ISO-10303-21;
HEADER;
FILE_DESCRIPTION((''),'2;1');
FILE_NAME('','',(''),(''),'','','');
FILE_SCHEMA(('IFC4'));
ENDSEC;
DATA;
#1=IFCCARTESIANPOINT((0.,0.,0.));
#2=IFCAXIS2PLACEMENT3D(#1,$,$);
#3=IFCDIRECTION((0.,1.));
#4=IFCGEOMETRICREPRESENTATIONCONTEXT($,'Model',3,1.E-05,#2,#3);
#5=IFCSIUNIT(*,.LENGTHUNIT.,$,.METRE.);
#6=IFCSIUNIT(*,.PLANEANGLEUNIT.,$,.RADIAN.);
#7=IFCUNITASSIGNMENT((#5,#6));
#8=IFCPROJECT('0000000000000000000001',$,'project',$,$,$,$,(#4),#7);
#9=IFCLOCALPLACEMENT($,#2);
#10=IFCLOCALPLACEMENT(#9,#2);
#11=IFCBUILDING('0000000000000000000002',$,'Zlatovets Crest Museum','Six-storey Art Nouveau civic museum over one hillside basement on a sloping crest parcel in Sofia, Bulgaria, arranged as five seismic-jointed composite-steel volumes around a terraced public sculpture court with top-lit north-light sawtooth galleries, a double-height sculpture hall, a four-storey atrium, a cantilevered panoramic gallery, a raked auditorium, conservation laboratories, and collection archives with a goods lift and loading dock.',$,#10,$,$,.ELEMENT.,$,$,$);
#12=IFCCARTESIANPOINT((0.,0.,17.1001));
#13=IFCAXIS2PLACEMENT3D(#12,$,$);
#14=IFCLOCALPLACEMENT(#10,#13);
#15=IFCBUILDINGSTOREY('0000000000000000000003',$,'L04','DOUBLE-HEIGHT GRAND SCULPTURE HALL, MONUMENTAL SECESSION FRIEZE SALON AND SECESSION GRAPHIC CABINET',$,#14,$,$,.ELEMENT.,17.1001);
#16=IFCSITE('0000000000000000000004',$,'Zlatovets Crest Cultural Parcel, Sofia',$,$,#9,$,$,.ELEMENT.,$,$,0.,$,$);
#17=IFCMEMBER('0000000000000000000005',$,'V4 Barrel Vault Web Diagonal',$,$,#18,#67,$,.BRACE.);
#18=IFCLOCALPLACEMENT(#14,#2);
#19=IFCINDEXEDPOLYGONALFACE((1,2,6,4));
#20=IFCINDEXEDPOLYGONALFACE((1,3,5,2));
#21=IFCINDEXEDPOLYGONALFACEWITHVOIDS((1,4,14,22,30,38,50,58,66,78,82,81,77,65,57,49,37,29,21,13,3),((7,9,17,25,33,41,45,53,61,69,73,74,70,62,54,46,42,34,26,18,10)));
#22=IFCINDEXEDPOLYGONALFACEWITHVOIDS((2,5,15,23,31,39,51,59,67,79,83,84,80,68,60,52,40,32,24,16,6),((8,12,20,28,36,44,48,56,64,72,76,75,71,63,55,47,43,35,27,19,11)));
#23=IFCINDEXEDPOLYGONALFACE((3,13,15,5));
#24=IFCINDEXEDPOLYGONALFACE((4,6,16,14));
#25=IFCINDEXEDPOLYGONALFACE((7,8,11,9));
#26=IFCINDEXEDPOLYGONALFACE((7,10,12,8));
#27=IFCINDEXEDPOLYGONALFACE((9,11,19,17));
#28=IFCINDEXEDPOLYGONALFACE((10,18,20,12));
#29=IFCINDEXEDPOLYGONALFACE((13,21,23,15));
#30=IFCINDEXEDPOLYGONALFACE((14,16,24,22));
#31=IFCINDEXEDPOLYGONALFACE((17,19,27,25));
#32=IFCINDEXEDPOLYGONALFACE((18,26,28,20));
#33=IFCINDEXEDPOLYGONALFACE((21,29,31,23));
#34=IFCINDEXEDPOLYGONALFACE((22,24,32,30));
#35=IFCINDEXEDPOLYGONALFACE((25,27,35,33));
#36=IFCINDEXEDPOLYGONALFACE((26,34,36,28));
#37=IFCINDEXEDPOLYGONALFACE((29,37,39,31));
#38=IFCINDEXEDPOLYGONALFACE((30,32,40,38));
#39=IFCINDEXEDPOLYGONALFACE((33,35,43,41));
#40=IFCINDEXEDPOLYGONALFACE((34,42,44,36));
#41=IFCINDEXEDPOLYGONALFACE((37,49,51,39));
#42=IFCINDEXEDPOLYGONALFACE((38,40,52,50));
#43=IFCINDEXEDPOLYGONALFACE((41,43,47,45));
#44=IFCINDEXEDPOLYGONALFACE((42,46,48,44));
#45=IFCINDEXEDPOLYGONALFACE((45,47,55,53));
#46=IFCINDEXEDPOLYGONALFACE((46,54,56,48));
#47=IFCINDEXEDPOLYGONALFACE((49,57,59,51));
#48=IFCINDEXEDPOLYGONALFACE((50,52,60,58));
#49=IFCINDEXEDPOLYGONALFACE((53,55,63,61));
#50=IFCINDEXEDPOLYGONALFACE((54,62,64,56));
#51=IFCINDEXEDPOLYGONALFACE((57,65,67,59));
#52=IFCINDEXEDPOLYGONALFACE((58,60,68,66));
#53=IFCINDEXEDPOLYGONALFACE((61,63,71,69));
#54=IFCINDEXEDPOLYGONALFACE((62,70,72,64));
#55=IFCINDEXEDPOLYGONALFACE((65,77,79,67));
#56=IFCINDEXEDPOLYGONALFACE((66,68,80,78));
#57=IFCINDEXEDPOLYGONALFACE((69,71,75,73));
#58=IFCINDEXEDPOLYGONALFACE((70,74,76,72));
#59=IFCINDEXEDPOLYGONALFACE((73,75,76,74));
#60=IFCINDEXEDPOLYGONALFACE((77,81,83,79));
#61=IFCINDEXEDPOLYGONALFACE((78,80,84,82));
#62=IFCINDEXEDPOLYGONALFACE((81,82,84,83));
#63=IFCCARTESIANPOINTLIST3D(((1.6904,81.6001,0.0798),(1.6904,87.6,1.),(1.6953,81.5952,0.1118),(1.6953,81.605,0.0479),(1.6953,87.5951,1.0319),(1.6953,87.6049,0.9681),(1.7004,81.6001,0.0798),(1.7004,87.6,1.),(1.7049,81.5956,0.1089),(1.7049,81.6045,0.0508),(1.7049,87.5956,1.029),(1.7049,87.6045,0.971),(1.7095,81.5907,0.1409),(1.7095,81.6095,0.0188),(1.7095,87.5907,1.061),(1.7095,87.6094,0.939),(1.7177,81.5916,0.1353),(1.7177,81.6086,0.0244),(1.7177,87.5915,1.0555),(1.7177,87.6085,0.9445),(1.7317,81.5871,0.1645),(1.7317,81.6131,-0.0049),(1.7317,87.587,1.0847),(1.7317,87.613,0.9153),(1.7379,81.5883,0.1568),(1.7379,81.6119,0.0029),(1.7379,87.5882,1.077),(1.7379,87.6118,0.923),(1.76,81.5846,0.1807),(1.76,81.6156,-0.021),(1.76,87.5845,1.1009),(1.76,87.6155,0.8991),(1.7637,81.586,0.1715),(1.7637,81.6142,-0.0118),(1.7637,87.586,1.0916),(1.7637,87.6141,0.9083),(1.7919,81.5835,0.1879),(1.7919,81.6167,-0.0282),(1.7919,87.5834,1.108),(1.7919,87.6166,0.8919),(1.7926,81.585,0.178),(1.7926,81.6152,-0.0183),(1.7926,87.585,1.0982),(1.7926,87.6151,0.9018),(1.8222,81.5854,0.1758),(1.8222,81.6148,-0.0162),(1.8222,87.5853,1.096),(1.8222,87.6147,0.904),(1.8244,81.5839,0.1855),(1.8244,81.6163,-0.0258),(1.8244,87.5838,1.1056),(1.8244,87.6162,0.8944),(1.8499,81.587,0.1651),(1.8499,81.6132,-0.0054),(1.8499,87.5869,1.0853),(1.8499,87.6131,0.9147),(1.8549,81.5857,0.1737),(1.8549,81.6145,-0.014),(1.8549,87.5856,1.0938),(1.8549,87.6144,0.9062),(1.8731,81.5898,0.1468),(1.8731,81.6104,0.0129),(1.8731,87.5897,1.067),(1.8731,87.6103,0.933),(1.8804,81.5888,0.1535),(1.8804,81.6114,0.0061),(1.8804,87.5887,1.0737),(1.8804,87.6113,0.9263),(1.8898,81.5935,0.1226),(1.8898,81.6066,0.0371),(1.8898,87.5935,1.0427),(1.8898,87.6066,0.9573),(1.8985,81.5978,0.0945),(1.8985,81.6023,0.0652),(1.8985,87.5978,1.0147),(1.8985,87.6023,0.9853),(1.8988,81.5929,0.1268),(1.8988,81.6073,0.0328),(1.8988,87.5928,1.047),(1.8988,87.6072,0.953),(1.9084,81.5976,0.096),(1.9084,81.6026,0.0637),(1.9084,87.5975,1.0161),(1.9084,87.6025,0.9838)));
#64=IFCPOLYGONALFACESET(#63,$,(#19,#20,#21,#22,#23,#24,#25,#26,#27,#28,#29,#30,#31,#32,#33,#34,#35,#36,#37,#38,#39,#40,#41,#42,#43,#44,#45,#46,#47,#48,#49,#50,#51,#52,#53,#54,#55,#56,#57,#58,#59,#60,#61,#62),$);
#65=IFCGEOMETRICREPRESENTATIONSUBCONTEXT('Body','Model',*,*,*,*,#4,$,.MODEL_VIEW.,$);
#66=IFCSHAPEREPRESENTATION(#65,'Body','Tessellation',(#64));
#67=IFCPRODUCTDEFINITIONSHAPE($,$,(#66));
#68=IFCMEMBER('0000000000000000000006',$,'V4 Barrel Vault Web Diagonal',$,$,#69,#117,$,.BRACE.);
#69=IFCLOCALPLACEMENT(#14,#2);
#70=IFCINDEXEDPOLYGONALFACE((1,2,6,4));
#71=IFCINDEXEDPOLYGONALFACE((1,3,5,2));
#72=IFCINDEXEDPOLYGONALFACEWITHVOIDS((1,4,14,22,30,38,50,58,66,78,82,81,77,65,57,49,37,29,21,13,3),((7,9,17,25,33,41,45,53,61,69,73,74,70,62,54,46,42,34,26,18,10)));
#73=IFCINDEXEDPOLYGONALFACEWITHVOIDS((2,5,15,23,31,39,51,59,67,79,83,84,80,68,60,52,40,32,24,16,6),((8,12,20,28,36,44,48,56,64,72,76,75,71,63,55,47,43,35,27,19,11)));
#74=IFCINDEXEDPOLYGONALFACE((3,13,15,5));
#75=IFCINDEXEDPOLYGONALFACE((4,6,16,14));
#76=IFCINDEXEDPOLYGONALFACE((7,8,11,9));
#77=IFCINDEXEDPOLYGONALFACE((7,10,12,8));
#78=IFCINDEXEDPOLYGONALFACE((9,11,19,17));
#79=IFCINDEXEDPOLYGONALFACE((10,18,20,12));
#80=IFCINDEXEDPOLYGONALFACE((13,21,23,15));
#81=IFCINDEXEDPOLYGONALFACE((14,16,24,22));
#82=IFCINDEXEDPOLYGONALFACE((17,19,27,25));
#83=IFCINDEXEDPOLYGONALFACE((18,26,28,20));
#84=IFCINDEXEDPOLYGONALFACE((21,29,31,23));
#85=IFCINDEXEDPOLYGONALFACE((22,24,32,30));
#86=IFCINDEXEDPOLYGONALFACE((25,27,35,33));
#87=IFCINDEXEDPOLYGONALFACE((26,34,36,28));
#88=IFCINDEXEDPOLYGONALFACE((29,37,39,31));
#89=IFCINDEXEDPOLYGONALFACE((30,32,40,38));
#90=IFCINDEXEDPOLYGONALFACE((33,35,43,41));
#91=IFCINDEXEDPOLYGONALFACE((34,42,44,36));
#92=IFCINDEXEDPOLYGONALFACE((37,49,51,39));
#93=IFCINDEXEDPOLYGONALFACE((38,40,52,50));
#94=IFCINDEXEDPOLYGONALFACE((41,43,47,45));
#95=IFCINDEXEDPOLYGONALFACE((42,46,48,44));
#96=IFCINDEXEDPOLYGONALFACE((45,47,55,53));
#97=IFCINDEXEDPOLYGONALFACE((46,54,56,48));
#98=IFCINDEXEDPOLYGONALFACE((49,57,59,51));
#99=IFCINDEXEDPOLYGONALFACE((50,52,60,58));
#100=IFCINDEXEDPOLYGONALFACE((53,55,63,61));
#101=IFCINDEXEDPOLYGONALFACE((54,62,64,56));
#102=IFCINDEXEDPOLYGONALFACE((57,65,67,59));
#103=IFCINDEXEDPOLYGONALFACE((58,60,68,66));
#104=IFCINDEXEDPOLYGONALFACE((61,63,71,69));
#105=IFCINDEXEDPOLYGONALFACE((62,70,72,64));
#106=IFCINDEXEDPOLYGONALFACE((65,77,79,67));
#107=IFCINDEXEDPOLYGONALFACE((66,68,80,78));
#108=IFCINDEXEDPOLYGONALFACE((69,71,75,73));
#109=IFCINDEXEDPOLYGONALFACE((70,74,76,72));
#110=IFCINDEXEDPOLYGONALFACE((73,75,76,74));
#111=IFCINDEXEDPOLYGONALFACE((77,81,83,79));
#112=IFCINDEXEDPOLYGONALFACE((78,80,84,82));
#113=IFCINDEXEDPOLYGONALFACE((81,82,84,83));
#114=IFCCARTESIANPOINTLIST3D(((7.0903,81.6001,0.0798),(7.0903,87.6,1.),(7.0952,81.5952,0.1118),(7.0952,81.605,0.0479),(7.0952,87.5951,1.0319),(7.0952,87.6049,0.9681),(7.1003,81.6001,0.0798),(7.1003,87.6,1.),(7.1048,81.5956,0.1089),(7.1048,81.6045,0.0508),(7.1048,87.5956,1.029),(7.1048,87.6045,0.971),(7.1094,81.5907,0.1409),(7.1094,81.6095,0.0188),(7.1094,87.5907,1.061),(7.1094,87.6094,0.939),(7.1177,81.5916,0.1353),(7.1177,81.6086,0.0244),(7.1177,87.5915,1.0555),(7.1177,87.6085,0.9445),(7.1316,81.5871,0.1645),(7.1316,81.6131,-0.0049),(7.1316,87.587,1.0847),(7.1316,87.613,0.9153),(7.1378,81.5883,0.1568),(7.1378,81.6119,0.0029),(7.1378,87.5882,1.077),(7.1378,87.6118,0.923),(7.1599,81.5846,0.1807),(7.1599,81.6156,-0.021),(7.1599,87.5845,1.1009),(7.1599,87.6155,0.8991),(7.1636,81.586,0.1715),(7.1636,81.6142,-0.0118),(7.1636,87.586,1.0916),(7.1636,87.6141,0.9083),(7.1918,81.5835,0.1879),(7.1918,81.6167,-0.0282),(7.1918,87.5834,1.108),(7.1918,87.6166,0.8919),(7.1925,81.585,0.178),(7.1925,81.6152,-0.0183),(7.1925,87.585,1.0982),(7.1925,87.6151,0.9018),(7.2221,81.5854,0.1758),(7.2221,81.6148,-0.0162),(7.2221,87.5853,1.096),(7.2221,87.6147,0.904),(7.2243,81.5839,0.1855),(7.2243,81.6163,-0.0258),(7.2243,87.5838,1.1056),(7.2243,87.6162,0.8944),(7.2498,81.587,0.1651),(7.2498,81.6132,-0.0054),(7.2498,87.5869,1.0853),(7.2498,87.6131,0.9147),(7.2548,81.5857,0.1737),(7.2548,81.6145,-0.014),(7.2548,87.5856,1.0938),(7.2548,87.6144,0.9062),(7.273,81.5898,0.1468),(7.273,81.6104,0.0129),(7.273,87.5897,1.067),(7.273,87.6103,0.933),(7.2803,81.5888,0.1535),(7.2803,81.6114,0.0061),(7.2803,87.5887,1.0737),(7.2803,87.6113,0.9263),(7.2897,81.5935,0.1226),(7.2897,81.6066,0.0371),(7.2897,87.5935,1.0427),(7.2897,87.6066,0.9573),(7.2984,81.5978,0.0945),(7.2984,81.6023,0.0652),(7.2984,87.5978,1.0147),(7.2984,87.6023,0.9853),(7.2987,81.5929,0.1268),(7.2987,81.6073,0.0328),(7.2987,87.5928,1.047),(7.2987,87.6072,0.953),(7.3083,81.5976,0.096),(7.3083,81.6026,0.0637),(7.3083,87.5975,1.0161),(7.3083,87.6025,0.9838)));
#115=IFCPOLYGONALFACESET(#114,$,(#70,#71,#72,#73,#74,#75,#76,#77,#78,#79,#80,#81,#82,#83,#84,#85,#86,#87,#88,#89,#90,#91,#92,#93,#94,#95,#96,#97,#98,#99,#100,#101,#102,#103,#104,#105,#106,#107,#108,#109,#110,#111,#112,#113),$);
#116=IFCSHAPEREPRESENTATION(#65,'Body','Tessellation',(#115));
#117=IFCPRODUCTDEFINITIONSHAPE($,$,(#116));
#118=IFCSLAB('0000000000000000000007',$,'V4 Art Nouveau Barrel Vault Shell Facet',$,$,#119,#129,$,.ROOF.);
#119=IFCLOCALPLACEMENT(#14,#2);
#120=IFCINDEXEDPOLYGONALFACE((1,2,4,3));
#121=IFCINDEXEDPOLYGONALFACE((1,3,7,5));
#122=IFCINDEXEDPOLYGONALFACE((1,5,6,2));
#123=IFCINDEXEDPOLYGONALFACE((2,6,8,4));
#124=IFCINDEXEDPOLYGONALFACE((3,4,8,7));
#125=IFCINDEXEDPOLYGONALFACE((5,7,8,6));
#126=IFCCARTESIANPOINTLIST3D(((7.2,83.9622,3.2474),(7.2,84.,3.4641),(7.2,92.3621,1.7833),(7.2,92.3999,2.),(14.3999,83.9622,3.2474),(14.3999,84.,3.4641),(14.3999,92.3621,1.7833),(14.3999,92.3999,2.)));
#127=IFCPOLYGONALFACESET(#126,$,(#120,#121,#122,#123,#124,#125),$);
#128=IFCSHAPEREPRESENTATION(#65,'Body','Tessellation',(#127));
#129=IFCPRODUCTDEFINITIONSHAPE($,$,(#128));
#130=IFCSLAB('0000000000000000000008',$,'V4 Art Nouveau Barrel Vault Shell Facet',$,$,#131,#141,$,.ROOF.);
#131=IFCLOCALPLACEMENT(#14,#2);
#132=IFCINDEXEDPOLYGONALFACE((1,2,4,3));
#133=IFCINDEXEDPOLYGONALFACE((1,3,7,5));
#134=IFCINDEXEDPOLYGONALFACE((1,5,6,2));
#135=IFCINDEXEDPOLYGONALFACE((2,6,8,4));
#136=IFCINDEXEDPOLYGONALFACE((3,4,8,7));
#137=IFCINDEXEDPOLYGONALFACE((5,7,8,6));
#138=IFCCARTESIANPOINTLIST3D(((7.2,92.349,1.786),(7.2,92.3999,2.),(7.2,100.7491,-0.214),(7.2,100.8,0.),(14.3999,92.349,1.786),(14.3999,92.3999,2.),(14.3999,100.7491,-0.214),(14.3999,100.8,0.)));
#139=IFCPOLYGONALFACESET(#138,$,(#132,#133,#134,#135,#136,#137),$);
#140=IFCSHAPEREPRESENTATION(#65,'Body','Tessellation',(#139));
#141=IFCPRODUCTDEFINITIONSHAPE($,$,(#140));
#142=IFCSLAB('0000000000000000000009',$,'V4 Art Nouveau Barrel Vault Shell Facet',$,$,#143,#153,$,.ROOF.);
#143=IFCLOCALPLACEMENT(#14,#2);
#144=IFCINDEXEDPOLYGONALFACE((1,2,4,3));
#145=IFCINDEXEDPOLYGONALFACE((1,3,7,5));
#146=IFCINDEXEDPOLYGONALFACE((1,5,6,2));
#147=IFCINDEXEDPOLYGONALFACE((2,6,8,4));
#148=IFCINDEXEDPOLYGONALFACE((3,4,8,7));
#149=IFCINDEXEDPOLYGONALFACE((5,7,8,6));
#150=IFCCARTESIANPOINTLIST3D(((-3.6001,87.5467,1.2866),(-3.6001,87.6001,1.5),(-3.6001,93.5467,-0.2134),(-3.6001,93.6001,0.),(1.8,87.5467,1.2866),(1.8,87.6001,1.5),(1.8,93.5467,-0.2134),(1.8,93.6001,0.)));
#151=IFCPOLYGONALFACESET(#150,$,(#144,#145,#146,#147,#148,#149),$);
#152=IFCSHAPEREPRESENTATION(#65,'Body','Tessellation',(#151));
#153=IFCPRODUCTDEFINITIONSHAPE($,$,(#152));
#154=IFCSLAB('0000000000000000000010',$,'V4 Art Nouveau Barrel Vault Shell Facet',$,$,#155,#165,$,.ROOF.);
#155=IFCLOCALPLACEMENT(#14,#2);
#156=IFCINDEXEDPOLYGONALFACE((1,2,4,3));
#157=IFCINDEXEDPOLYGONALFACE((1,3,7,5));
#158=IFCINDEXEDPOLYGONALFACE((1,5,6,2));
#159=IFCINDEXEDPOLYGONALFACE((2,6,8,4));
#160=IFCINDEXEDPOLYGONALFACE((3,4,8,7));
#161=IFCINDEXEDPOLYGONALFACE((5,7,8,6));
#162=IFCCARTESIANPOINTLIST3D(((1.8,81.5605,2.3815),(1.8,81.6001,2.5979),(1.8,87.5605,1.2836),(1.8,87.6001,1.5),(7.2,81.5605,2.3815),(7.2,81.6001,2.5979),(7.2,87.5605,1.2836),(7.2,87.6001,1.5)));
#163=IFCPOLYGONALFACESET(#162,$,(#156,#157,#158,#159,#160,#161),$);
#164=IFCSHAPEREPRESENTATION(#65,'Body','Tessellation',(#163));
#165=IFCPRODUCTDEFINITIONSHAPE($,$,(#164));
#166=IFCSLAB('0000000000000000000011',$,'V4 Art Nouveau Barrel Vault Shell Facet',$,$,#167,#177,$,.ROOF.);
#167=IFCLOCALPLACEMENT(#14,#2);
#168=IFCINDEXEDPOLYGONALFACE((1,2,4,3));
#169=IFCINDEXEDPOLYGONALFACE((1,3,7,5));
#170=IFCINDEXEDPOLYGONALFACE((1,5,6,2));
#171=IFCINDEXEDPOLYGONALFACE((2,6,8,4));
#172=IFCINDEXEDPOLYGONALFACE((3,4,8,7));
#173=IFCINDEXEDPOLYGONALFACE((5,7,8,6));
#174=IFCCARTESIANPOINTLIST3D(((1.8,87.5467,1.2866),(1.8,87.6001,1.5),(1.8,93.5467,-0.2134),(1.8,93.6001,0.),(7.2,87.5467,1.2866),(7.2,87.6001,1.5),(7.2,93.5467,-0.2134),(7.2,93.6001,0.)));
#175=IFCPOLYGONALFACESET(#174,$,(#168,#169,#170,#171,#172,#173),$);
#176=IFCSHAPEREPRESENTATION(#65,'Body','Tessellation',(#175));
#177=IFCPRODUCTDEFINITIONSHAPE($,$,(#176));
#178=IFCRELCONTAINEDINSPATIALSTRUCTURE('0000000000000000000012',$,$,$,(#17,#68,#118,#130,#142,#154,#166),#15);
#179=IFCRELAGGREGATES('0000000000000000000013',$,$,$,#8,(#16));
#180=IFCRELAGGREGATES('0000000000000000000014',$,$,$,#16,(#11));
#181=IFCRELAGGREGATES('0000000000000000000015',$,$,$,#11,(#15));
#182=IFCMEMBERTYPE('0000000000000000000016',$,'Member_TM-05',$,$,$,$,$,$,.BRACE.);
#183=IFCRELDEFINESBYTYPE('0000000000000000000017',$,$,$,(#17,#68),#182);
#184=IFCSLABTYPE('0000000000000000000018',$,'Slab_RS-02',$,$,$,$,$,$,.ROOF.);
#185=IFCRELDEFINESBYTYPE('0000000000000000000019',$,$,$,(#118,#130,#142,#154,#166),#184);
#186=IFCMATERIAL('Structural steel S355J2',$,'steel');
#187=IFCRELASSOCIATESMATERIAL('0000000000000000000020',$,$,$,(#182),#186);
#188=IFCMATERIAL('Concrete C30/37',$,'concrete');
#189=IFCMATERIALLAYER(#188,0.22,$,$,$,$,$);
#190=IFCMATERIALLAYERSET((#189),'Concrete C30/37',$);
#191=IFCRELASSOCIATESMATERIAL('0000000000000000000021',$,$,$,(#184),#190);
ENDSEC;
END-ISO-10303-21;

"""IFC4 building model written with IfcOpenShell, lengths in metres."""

from ifc_helpers import new_model, si_unit, direction, frame, origin, origin_2d, place, context, subcontext, project, spatial, polyline, hollow_circle, outline, extrude, material, layer, layer_set, material_profile, profile_set, type_object, element, save


model = new_model("IFC4")

# Units and contexts
model_context = context("Model", 3, precision=1e-05, world=origin(), true_north=direction((0.0, 1.0)))
body_context = subcontext(model_context, "Body", "Model", "MODEL_VIEW")
ifc_project = project(units=[si_unit("LENGTHUNIT", "METRE"), si_unit("PLANEANGLEUNIT", "RADIAN")], contexts=[model_context])

# Site, building, storey
site_placement = place(None, origin())
site = spatial("IfcSite", under=ifc_project, at=site_placement, Name="Zlatovets Crest Cultural Parcel, Sofia", CompositionType="ELEMENT", RefElevation=0.0)
building_placement = place(site_placement, origin())
building = spatial("IfcBuilding", under=site, at=building_placement, Name="Zlatovets Crest Museum", Description="Six-storey Art Nouveau civic museum over one hillside basement on a sloping crest parcel in Sofia, Bulgaria, arranged as five seismic-jointed composite-steel volumes around a terraced public sculpture court with top-lit north-light sawtooth galleries, a double-height sculpture hall, a four-storey atrium, a cantilevered panoramic gallery, a raked auditorium, conservation laboratories, and collection archives with a goods lift and loading dock.", CompositionType="ELEMENT")
storey_placement = place(building_placement, frame((0.0, 0.0, 17.1001)))
storey = spatial("IfcBuildingStorey", under=building, at=storey_placement, Name="L04", Description="DOUBLE-HEIGHT GRAND SCULPTURE HALL, MONUMENTAL SECESSION FRIEZE SALON AND SECESSION GRAPHIC CABINET", CompositionType="ELEMENT", Elevation=17.1001)

# Shared definitions
ifc_material_1 = material(Name="Structural steel S355J2", Category="steel")

# Members
ifc_material_profile_1 = material_profile(ifc_material_1, hollow_circle(Radius=0.1096, WallThickness=0.01, at=origin_2d()), Name="CHS 219.1x10.0")
ifc_profile_set_1 = profile_set([ifc_material_profile_1], Name="Structural steel S355J2")
member_type_1 = type_object("IfcMemberType", Name="Member_TM-05", PredefinedType="BRACE", material=ifc_profile_set_1)
for number, where, z_axis, x_axis, name in (
    (1, (1.8, 81.6001, 0.0798), (0.0, 0.988444, 0.151589), (-1.0, 0.0, 0.0), "V4 Barrel Vault Web Diagonal"),
    (2, (7.2, 81.6001, 0.0798), (0.0, 0.988444, 0.151589), (-1.0, 0.0, 0.0), "V4 Barrel Vault Web Diagonal"),
):
    element("IfcMember", number, at=place(storey_placement, frame(where, z_axis=z_axis, x_axis=x_axis)), inside=storey, type_object=member_type_1, Name=name, PredefinedType="BRACE", context=body_context, shape_type="SweptSolid", body=[
        extrude(hollow_circle(Radius=0.1096, WallThickness=0.01, at=origin_2d()), origin(), (0.0, 0.0, 1.0), 6.0701),
    ])

# Slabs
ifc_material_2 = material(Name="Concrete C30/37", Category="concrete")
ifc_layer = layer(ifc_material_2, 0.22)
ifc_layer_set = layer_set([ifc_layer], Name="Concrete C30/37")
slab_type = type_object("IfcSlabType", Name="Slab_RS-02", PredefinedType="ROOF", material=ifc_layer_set)
slab_1_placement = place(storey_placement, frame((7.2, 84.0, 3.4641), z_axis=(0.0, 0.171712, 0.985147), x_axis=(1.0, 0.0, 0.0)))
element("IfcSlab", 3, at=slab_1_placement, inside=storey, type_object=slab_type, Name="V4 Art Nouveau Barrel Vault Shell Facet", PredefinedType="ROOF", context=body_context, shape_type="SweptSolid", body=[
    extrude(outline(polyline([(0.0, 0.0), (7.2, 0.0), (7.2, 8.5265), (0.0, 8.5265), (0.0, 0.0)])), origin(), (0.0, 0.0, -1.0), 0.22),
])
slab_2_placement = place(storey_placement, frame((7.2, 92.3999, 2.0), z_axis=(0.0, 0.231617, 0.972807), x_axis=(1.0, 0.0, 0.0)))
element("IfcSlab", 4, at=slab_2_placement, inside=storey, type_object=slab_type, Name="V4 Art Nouveau Barrel Vault Shell Facet", PredefinedType="ROOF", context=body_context, shape_type="SweptSolid", body=[
    extrude(outline(polyline([(0.0, 0.0), (7.2, 0.0), (7.2, 8.635), (0.0, 8.635), (0.0, 0.0)])), origin(), (0.0, 0.0, -1.0), 0.22),
])
slab_3_placement = place(storey_placement, frame((-3.6001, 87.6001, 1.5), z_axis=(0.0, 0.242536, 0.970143), x_axis=(1.0, 0.0, 0.0)))
element("IfcSlab", 5, at=slab_3_placement, inside=storey, type_object=slab_type, Name="V4 Art Nouveau Barrel Vault Shell Facet", PredefinedType="ROOF", context=body_context, shape_type="SweptSolid", body=[
    extrude(outline(polyline([(0.0, 0.0), (5.4001, 0.0), (5.4001, 6.1847), (0.0, 6.1847), (0.0, 0.0)])), origin(), (0.0, 0.0, -1.0), 0.22),
])
slab_4_placement = place(storey_placement, frame((1.8, 81.6001, 2.5979), z_axis=(0.0, 0.179995, 0.983668), x_axis=(1.0, 0.0, 0.0)))
element("IfcSlab", 6, at=slab_4_placement, inside=storey, type_object=slab_type, Name="V4 Art Nouveau Barrel Vault Shell Facet", PredefinedType="ROOF", context=body_context, shape_type="SweptSolid", body=[
    extrude(outline(polyline([(0.0, 0.0), (5.3999, 0.0), (5.3999, 6.0996), (0.0, 6.0996), (0.0, 0.0)])), origin(), (0.0, 0.0, -1.0), 0.22),
])
slab_5_placement = place(storey_placement, frame((1.8, 87.6001, 1.5), z_axis=(0.0, 0.242536, 0.970143), x_axis=(1.0, 0.0, 0.0)))
element("IfcSlab", 7, at=slab_5_placement, inside=storey, type_object=slab_type, Name="V4 Art Nouveau Barrel Vault Shell Facet", PredefinedType="ROOF", context=body_context, shape_type="SweptSolid", body=[
    extrude(outline(polyline([(0.0, 0.0), (5.3999, 0.0), (5.3999, 6.1847), (0.0, 6.1847), (0.0, 0.0)])), origin(), (0.0, 0.0, -1.0), 0.22),
])

save(model, "model.ifc")
